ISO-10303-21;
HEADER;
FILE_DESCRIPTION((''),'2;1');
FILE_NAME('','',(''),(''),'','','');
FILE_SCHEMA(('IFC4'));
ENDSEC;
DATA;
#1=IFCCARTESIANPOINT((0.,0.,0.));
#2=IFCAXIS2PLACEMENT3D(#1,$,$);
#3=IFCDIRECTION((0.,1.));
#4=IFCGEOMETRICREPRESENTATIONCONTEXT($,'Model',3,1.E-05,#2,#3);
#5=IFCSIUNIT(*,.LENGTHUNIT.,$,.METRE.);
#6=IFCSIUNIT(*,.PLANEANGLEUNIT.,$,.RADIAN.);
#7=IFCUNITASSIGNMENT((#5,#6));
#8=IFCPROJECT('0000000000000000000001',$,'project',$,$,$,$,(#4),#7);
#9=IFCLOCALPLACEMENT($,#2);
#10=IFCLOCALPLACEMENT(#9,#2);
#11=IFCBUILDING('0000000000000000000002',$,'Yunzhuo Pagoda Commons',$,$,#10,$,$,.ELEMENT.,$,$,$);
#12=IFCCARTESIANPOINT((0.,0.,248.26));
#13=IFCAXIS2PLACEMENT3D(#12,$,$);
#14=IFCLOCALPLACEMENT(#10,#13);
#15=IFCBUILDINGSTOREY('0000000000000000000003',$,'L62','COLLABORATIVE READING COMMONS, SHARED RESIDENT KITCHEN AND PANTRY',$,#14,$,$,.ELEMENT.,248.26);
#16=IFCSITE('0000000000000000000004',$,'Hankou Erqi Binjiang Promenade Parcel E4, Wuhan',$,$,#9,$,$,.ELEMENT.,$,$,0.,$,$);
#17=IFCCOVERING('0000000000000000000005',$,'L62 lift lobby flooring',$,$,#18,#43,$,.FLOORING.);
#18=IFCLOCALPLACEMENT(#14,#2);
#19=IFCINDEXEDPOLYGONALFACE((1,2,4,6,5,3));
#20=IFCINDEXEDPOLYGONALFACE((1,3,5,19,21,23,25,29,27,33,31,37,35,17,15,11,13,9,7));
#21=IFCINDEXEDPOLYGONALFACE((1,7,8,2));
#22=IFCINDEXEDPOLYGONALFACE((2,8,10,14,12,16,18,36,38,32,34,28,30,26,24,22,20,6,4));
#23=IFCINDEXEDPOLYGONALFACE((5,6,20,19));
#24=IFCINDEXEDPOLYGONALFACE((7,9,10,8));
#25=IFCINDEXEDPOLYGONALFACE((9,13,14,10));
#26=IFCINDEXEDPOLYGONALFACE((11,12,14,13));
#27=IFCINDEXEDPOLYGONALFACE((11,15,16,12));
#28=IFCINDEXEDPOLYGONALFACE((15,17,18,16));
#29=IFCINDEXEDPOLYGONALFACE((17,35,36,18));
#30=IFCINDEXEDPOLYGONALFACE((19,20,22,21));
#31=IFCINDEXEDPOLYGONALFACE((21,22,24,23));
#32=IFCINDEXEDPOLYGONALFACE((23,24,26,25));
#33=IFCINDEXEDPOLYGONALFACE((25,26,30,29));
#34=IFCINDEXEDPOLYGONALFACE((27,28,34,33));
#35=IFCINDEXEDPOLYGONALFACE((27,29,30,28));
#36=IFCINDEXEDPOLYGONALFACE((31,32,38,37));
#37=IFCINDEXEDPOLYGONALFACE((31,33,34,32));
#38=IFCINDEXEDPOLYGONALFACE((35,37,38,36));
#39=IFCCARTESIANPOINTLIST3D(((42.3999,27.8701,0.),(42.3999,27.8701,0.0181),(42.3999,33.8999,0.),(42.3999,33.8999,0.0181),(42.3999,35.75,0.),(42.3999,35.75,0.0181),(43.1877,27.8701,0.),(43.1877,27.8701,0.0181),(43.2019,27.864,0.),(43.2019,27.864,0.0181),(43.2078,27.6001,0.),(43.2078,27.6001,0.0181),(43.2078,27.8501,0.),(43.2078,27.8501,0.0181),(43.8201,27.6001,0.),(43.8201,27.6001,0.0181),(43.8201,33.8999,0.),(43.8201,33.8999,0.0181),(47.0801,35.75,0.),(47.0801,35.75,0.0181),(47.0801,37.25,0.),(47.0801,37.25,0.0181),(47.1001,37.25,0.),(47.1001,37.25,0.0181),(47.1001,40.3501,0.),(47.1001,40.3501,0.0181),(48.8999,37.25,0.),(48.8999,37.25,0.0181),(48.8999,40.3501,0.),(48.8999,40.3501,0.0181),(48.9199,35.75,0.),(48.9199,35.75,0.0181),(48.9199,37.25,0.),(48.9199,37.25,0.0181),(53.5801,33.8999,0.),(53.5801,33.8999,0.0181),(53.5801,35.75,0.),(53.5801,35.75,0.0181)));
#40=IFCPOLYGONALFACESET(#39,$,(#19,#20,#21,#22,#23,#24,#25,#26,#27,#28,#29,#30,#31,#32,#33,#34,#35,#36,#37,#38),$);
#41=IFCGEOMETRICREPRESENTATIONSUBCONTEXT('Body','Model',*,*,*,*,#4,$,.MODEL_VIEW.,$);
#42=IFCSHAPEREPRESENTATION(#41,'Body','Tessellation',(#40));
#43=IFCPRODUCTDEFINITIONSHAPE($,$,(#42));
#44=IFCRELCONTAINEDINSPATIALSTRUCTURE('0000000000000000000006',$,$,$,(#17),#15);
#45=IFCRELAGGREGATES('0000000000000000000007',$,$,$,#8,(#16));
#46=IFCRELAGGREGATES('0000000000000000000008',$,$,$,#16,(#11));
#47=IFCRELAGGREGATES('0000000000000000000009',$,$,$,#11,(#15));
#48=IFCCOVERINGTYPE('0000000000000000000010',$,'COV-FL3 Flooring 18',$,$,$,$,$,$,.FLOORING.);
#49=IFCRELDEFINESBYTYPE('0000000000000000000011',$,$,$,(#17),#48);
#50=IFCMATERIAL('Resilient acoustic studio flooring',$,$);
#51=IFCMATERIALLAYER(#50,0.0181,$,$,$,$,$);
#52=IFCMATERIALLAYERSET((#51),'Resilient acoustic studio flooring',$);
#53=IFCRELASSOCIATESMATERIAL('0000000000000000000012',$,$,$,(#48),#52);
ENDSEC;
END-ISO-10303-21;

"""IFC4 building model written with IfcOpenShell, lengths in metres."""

from ifc_helpers import new_model, si_unit, direction, frame, origin, place, context, subcontext, project, spatial, polyline, outline, extrude, material, layer, layer_set, type_object, element, save


model = new_model("IFC4")

# Units and contexts
model_context = context("Model", 3, precision=1e-05, world=origin(), true_north=direction((0.0, 1.0)))
body_context = subcontext(model_context, "Body", "Model", "MODEL_VIEW")
ifc_project = project(units=[si_unit("LENGTHUNIT", "METRE"), si_unit("PLANEANGLEUNIT", "RADIAN")], contexts=[model_context])

# Site, building, storey
site_placement = place(None, origin())
site = spatial("IfcSite", under=ifc_project, at=site_placement, Name="Hankou Erqi Binjiang Promenade Parcel E4, Wuhan", CompositionType="ELEMENT", RefElevation=0.0)
building_placement = place(site_placement, origin())
building = spatial("IfcBuilding", under=site, at=building_placement, Name="Yunzhuo Pagoda Commons", CompositionType="ELEMENT")
storey_placement = place(building_placement, frame((0.0, 0.0, 248.26)))
storey = spatial("IfcBuildingStorey", under=building, at=storey_placement, Name="L62", Description="COLLABORATIVE READING COMMONS, SHARED RESIDENT KITCHEN AND PANTRY", CompositionType="ELEMENT", Elevation=248.26)

# Covering
ifc_material_1 = material(Name="Resilient acoustic studio flooring")
ifc_layer_1 = layer(ifc_material_1, 0.0181)
ifc_layer_set_1 = layer_set([ifc_layer_1], Name="Resilient acoustic studio flooring")
covering_type_1 = type_object("IfcCoveringType", Name="COV-FL3 Flooring 18", PredefinedType="FLOORING", material=ifc_layer_set_1)
covering_1_placement = place(storey_placement, origin())
element("IfcCovering", 1, at=covering_1_placement, inside=storey, type_object=covering_type_1, Name="L62 lift lobby flooring", PredefinedType="FLOORING", context=body_context, shape_type="SweptSolid", body=[
    extrude(outline(polyline([(42.3999, 35.75), (47.0801, 35.75), (47.0801, 37.25), (47.1001, 37.25), (47.1001, 40.3501), (48.8999, 40.3501), (48.8999, 37.25), (48.9199, 37.25), (48.9199, 35.75), (53.5801, 35.75), (53.5801, 33.8999), (43.8201, 33.8999), (43.8201, 27.6001), (43.2078, 27.6001), (43.2078, 27.8501), (43.2019, 27.864), (43.1877, 27.8701), (42.3999, 27.8701), (42.3999, 33.8999), (42.3999, 35.75)])), origin(), (0.0, 0.0, 1.0), 0.0181),
])

save(model, "model.ifc")
